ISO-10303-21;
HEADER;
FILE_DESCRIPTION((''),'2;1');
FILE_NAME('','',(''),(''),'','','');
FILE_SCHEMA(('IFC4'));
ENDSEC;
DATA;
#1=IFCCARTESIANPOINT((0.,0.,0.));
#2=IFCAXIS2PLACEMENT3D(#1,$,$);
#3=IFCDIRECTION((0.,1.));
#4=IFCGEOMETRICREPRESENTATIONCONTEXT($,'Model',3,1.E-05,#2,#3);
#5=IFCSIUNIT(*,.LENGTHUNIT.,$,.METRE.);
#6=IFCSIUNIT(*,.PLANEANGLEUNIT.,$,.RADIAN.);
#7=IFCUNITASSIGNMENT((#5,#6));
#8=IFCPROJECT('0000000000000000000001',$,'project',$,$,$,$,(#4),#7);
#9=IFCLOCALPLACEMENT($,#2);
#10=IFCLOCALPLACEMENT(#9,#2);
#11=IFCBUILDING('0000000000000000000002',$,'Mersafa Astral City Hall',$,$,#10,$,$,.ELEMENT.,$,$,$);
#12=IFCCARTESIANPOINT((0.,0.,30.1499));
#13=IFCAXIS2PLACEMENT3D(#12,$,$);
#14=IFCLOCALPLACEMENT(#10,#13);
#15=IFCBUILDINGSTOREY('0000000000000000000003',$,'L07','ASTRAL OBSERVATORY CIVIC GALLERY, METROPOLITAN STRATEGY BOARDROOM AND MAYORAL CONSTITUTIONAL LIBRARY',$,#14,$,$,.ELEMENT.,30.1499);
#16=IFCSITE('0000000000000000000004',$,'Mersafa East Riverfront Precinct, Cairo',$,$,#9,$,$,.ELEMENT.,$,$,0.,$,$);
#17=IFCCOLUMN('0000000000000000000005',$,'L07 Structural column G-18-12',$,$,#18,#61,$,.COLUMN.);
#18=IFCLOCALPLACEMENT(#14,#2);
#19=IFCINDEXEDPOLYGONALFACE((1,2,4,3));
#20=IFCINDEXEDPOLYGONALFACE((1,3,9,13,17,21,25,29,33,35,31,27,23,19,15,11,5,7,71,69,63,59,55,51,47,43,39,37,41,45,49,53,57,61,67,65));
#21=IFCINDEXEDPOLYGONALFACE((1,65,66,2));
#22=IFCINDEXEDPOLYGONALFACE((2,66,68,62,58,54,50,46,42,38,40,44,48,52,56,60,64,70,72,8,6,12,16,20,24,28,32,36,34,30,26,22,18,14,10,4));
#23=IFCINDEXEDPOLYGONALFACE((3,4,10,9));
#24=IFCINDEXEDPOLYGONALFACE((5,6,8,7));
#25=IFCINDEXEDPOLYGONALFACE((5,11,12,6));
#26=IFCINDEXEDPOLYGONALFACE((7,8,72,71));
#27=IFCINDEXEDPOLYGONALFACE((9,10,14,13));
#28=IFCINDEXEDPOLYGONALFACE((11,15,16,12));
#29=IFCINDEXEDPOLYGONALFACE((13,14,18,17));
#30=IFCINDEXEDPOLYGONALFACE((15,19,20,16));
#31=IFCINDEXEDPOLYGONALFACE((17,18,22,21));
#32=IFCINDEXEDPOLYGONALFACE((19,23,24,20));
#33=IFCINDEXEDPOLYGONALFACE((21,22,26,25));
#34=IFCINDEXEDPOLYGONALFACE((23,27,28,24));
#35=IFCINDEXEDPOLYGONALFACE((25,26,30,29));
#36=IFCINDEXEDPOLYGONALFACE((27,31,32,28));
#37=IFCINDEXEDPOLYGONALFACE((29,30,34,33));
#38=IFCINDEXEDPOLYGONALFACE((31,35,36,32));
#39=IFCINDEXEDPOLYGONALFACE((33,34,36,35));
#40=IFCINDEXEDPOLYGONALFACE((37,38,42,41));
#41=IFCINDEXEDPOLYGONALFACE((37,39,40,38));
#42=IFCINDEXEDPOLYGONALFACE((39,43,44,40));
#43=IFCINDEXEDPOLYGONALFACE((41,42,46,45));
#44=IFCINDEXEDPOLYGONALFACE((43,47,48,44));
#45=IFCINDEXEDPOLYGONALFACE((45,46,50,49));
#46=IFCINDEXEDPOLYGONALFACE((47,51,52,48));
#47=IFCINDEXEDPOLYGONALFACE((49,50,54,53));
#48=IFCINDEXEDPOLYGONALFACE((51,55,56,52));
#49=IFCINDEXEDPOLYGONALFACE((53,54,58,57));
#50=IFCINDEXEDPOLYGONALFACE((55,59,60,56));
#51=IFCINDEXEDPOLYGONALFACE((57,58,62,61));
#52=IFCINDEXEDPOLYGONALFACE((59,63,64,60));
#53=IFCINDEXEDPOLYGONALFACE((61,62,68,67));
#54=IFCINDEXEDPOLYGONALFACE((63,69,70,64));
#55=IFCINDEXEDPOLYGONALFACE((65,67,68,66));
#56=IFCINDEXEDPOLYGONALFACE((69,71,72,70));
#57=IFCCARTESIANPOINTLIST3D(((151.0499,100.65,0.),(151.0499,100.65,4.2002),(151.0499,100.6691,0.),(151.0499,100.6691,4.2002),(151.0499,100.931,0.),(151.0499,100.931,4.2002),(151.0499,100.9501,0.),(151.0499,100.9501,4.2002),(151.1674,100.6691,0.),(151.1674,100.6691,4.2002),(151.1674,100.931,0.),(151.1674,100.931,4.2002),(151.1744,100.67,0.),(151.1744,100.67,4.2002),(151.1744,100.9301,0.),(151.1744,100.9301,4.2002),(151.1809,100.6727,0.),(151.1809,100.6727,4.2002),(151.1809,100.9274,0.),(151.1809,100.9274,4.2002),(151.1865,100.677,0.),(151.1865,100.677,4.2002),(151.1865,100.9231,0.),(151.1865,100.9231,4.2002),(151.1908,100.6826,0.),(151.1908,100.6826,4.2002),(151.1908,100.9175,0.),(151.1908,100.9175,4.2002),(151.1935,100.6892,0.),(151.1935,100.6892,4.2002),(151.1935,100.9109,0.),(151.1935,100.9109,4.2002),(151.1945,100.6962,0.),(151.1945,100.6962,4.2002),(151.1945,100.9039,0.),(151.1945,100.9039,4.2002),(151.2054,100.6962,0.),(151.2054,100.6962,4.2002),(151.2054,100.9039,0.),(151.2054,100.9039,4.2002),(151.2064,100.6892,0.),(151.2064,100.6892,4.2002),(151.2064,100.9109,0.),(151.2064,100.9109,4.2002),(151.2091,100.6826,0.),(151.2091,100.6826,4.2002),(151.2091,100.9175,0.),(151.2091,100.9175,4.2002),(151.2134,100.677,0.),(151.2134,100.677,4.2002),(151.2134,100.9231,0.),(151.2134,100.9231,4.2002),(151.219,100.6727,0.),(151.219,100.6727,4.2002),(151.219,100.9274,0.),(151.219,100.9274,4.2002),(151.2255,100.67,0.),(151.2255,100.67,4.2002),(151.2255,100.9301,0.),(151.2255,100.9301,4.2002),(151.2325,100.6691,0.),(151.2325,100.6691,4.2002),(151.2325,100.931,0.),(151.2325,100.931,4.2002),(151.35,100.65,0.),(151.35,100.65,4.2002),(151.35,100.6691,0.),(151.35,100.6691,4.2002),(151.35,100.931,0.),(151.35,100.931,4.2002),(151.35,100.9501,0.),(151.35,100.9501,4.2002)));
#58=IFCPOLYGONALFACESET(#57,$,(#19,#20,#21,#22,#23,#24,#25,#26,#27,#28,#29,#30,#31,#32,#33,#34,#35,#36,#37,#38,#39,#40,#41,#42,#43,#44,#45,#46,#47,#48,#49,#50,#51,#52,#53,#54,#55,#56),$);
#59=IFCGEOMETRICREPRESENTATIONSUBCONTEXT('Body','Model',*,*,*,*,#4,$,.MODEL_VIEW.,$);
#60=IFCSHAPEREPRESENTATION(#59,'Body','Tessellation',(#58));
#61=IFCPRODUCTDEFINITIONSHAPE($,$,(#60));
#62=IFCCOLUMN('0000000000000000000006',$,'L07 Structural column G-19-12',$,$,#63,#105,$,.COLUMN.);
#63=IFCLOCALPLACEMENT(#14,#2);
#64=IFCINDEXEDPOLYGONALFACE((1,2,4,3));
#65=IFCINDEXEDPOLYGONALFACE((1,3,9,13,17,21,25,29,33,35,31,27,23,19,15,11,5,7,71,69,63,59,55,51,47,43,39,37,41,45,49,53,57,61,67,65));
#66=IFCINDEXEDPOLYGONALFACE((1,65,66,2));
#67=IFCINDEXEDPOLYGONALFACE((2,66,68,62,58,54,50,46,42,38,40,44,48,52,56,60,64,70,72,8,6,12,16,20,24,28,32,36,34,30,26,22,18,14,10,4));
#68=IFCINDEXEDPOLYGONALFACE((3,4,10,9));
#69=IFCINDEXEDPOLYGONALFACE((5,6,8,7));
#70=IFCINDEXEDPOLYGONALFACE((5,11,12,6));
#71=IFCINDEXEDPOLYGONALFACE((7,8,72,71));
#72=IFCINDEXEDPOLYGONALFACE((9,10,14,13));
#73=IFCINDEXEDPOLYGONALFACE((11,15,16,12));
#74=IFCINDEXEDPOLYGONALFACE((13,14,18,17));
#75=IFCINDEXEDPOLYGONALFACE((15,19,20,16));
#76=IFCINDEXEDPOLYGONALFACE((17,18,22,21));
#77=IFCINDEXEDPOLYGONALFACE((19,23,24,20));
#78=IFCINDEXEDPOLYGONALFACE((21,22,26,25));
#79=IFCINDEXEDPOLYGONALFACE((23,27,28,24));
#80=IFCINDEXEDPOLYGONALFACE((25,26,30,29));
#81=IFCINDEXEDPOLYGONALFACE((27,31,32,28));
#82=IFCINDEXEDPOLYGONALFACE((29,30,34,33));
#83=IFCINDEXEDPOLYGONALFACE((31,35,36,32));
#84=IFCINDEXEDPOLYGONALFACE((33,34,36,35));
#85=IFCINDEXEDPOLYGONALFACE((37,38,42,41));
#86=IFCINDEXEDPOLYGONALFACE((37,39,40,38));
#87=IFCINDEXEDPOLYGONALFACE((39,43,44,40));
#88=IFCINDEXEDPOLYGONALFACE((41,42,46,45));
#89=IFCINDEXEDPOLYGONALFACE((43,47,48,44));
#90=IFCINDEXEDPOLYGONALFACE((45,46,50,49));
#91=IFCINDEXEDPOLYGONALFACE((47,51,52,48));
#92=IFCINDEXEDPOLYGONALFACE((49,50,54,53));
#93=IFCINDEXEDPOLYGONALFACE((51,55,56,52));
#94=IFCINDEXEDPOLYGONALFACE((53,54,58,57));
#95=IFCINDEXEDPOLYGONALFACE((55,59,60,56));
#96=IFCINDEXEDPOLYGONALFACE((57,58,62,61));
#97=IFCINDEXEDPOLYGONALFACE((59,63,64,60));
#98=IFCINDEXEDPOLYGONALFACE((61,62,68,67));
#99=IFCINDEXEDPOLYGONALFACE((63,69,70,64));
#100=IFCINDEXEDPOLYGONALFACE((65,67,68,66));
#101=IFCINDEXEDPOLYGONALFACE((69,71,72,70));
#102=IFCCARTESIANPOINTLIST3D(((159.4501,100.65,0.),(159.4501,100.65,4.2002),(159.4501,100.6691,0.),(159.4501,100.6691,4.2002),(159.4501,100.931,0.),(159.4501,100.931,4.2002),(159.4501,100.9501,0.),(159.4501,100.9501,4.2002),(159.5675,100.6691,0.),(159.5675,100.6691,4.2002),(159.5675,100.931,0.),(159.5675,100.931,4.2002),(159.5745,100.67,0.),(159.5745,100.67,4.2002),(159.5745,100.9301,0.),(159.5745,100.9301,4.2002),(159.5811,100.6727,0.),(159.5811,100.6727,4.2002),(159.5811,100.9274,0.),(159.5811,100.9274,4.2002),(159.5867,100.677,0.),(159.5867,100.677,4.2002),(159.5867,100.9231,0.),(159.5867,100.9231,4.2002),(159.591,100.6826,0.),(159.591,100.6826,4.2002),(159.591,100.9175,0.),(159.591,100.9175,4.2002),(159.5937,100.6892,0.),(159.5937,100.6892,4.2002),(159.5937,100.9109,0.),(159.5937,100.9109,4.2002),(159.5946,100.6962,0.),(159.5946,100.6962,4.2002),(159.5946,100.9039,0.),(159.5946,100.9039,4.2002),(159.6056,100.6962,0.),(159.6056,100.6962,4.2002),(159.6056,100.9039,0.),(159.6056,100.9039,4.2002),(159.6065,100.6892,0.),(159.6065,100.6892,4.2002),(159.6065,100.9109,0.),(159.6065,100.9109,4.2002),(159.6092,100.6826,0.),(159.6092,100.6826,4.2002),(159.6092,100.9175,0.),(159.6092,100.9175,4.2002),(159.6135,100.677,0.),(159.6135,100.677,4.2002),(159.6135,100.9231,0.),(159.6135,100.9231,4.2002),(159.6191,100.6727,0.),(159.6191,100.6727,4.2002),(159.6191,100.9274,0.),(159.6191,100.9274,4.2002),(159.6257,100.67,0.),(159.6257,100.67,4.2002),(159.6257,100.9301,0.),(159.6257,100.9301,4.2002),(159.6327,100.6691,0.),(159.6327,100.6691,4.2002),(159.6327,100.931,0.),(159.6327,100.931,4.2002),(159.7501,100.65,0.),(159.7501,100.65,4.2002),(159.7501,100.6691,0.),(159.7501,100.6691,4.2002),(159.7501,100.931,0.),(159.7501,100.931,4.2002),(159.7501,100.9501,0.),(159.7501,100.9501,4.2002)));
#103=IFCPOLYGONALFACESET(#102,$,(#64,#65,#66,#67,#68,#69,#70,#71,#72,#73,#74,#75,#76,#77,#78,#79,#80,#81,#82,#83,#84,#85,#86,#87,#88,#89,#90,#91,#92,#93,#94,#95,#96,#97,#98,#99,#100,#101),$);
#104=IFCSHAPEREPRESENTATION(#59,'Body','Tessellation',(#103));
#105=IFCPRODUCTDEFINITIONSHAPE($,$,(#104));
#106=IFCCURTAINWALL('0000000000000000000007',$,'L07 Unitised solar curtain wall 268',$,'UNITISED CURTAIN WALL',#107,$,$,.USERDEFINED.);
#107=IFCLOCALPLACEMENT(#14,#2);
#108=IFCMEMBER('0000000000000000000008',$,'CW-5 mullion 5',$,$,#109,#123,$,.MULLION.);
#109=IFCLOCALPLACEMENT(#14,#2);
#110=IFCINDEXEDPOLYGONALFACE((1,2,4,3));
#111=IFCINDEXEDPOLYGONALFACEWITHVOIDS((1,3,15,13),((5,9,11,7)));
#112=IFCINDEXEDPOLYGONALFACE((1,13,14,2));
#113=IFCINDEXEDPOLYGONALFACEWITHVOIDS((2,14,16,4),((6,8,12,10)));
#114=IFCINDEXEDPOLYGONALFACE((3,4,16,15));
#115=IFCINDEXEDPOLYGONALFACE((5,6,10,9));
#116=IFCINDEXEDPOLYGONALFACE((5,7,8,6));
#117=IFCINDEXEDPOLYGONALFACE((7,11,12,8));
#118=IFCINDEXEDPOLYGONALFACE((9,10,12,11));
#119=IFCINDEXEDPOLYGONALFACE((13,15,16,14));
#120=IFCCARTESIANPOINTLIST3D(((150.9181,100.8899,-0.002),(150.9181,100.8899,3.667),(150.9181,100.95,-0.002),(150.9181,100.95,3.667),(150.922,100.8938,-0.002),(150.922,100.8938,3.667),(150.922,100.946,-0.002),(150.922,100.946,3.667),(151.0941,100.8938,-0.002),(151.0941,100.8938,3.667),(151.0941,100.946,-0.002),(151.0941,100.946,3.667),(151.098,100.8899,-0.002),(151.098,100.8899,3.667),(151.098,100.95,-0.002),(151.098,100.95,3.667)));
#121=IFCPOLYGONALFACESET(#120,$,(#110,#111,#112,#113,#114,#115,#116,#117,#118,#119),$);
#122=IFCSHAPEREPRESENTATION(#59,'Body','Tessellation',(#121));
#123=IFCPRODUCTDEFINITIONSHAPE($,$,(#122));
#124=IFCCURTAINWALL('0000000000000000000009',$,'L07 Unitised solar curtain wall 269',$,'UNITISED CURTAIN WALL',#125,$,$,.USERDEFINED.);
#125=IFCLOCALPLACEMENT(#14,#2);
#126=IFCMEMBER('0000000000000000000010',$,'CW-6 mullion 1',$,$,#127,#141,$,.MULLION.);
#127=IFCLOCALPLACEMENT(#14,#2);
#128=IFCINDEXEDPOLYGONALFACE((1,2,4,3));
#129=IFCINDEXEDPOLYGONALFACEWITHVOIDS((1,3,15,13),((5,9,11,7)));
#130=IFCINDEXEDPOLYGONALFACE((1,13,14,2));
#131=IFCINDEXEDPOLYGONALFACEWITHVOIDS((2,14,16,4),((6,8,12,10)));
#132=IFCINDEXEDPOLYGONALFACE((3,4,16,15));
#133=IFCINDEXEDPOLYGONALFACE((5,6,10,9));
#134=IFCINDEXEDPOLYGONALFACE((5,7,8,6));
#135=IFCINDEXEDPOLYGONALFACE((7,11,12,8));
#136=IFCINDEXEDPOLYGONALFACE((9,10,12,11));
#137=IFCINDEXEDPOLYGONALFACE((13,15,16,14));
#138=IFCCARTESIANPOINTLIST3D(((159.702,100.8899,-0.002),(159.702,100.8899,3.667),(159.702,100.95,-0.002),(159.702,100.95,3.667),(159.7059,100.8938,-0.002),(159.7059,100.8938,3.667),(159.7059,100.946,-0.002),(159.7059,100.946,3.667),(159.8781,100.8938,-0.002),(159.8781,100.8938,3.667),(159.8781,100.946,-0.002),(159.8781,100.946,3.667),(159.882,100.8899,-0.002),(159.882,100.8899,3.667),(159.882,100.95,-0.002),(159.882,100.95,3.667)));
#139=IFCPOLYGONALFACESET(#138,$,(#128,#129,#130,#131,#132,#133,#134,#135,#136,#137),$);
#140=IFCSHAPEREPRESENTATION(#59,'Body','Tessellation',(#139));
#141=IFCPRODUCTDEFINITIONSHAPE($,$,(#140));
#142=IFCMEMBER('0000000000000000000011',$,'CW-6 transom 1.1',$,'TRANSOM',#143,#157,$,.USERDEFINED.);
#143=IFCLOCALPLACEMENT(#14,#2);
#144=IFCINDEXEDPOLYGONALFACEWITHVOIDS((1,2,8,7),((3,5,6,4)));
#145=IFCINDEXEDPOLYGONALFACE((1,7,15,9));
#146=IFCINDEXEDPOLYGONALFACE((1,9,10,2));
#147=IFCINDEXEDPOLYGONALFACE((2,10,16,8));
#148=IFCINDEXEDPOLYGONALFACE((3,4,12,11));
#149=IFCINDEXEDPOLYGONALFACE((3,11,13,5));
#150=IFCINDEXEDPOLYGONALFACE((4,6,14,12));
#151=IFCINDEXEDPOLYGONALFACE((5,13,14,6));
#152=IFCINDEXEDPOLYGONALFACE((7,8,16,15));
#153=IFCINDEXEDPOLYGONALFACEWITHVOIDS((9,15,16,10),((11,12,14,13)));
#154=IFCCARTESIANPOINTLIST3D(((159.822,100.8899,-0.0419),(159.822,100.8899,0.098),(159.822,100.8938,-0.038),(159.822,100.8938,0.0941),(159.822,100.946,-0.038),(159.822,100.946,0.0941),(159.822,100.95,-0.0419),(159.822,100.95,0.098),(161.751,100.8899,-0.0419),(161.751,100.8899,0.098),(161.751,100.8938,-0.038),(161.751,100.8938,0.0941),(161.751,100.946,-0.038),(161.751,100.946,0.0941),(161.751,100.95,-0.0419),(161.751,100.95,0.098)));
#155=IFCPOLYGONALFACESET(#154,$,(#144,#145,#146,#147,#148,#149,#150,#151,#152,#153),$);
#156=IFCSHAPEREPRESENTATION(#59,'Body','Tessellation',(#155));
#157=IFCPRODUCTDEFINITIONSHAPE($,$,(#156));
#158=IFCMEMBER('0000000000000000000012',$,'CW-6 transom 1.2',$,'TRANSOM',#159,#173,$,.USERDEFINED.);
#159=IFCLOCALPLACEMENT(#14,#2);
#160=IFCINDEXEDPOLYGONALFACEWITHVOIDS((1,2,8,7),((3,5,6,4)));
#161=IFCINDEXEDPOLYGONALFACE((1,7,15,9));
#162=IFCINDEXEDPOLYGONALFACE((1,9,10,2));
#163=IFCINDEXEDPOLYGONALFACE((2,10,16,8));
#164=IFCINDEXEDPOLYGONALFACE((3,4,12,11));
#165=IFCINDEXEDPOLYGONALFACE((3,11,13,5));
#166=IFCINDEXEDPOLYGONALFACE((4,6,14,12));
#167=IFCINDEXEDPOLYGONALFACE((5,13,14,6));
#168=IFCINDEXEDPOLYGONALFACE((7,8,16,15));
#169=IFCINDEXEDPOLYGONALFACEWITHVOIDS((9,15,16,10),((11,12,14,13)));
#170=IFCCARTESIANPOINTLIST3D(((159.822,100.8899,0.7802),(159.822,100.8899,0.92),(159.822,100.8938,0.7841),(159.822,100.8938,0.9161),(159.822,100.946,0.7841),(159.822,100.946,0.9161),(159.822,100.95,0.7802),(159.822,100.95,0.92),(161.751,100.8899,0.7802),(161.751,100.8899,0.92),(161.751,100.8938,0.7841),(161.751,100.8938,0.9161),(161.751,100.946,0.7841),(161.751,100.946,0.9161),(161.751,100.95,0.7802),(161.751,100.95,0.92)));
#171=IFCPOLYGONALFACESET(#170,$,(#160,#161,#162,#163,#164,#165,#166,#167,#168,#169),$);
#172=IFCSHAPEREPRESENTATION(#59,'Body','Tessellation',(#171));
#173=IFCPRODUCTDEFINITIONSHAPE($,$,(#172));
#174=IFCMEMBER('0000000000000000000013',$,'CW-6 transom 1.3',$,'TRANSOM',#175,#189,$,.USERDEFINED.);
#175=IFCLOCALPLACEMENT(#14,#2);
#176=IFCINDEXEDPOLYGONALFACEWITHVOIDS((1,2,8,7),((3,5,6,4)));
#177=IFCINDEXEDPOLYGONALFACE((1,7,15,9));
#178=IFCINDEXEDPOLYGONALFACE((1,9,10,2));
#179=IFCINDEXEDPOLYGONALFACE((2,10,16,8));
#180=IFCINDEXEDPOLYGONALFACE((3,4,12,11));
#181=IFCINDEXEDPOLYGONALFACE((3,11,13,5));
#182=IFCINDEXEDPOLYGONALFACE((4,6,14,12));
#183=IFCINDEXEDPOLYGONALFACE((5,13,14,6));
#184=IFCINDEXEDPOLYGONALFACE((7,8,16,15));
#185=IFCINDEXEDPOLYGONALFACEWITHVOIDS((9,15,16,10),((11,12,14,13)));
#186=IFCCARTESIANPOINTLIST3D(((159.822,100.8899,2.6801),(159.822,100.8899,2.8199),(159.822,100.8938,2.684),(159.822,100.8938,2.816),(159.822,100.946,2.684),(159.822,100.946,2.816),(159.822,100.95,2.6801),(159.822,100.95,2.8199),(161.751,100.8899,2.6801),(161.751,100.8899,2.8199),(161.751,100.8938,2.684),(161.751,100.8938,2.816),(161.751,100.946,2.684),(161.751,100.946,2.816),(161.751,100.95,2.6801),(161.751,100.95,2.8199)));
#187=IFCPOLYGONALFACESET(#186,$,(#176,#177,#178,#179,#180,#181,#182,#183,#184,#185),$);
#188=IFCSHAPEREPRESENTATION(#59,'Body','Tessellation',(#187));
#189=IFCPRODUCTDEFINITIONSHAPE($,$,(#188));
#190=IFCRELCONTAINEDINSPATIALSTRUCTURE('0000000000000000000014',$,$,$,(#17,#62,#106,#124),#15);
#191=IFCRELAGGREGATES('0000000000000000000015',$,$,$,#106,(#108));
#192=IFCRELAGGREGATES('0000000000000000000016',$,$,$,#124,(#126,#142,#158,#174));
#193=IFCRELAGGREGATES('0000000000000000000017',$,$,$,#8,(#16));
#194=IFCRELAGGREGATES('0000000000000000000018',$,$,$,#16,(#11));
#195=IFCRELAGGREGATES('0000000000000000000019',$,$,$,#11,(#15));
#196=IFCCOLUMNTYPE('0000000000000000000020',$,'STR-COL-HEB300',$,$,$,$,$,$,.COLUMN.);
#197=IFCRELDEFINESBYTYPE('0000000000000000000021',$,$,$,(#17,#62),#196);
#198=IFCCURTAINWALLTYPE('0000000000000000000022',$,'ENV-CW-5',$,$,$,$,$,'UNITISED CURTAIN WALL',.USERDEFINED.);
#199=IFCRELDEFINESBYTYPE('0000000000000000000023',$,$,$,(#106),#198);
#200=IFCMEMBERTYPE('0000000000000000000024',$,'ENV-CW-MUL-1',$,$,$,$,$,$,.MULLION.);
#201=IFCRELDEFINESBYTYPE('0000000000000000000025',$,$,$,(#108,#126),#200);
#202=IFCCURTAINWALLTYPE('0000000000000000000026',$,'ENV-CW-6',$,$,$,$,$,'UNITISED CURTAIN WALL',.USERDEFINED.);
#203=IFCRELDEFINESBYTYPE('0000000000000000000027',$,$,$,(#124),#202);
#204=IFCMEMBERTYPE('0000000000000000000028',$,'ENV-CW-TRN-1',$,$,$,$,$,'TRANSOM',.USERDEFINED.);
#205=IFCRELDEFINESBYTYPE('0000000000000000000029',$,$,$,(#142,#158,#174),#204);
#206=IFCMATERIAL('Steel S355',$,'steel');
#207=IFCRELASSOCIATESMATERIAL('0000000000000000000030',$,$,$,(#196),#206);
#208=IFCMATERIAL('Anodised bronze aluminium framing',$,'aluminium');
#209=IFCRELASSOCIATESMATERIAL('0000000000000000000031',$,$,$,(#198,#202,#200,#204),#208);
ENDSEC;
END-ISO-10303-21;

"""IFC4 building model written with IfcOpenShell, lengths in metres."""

from ifc_helpers import new_model, si_unit, direction, frame, origin, origin_2d, place, context, subcontext, project, spatial, hollow_rectangle, i_section, extrude, material, material_profile, profile_set, type_object, element, aggregate, save


model = new_model("IFC4")

# Units and contexts
model_context = context("Model", 3, precision=1e-05, world=origin(), true_north=direction((0.0, 1.0)))
body_context = subcontext(model_context, "Body", "Model", "MODEL_VIEW")
ifc_project = project(units=[si_unit("LENGTHUNIT", "METRE"), si_unit("PLANEANGLEUNIT", "RADIAN")], contexts=[model_context])

# Site, building, storey
site_placement = place(None, origin())
site = spatial("IfcSite", under=ifc_project, at=site_placement, Name="Mersafa East Riverfront Precinct, Cairo", CompositionType="ELEMENT", RefElevation=0.0)
building_placement = place(site_placement, origin())
building = spatial("IfcBuilding", under=site, at=building_placement, Name="Mersafa Astral City Hall", CompositionType="ELEMENT")
storey_placement = place(building_placement, frame((0.0, 0.0, 30.1499)))
storey = spatial("IfcBuildingStorey", under=building, at=storey_placement, Name="L07", Description="ASTRAL OBSERVATORY CIVIC GALLERY, METROPOLITAN STRATEGY BOARDROOM AND MAYORAL CONSTITUTIONAL LIBRARY", CompositionType="ELEMENT", Elevation=30.1499)

# Columns
ifc_material_1 = material(Name="Steel S355", Category="steel")
ifc_material_profile_1 = material_profile(ifc_material_1, i_section(OverallWidth=0.3, OverallDepth=0.3, WebThickness=0.011, FlangeThickness=0.019, FilletRadius=0.0271, at=origin_2d()), Name="HEB 300")
ifc_profile_set_1 = profile_set([ifc_material_profile_1], Name="Steel S355")
column_type = type_object("IfcColumnType", Name="STR-COL-HEB300", PredefinedType="COLUMN", material=ifc_profile_set_1)
for number, where, z_axis, x_axis, name in (
    (1, (151.2, 100.8, 0.0), (0.0, 0.0, 1.0), (1.0, 0.0, 0.0), "L07 Structural column G-18-12"),
    (2, (159.6001, 100.8, 0.0), (0.0, 0.0, 1.0), (1.0, 0.0, 0.0), "L07 Structural column G-19-12"),
):
    element("IfcColumn", number, at=place(storey_placement, frame(where, z_axis=z_axis, x_axis=x_axis)), inside=storey, type_object=column_type, Name=name, PredefinedType="COLUMN", context=body_context, shape_type="SweptSolid", body=[
        extrude(i_section(OverallWidth=0.3, OverallDepth=0.3, WebThickness=0.011, FlangeThickness=0.019, FilletRadius=0.0271, at=origin_2d()), origin(), (0.0, 0.0, 1.0), 4.2002),
    ])

# Curtain wall, member
ifc_material_2 = material(Name="Anodised bronze aluminium framing", Category="aluminium")
curtain_wall_type_1 = type_object("IfcCurtainWallType", Name="ENV-CW-5", ElementType="UNITISED CURTAIN WALL", PredefinedType="USERDEFINED", material=ifc_material_2)
curtain_wall_1_placement = place(storey_placement, origin())
curtain_wall_1 = element("IfcCurtainWall", 3, at=curtain_wall_1_placement, inside=storey, type_object=curtain_wall_type_1, Name="L07 Unitised solar curtain wall 268", ObjectType="UNITISED CURTAIN WALL", PredefinedType="USERDEFINED")
ifc_material_profile_2 = material_profile(ifc_material_2, hollow_rectangle(XDim=0.0601, YDim=0.1799, WallThickness=0.0039, at=origin_2d()), Name="RHS 60x180x4")
ifc_profile_set_2 = profile_set([ifc_material_profile_2], Name="Anodised bronze aluminium framing")
member_type_1 = type_object("IfcMemberType", Name="ENV-CW-MUL-1", PredefinedType="MULLION", material=ifc_profile_set_2)
member_1_placement = place(storey_placement, frame((151.0081, 100.9199, -0.002), z_axis=(0.0, 0.0, 1.0), x_axis=(0.0, 1.0, 0.0)))
member_1 = element("IfcMember", 4, at=member_1_placement, type_object=member_type_1, Name="CW-5 mullion 5", PredefinedType="MULLION", context=body_context, shape_type="SweptSolid", body=[
    extrude(hollow_rectangle(XDim=0.0601, YDim=0.1799, WallThickness=0.0039, at=origin_2d()), origin(), (0.0, 0.0, 1.0), 3.6689),
])

# Curtain wall, members
curtain_wall_type_2 = type_object("IfcCurtainWallType", Name="ENV-CW-6", ElementType="UNITISED CURTAIN WALL", PredefinedType="USERDEFINED", material=ifc_material_2)
curtain_wall_2_placement = place(storey_placement, origin())
curtain_wall_2 = element("IfcCurtainWall", 5, at=curtain_wall_2_placement, inside=storey, type_object=curtain_wall_type_2, Name="L07 Unitised solar curtain wall 269", ObjectType="UNITISED CURTAIN WALL", PredefinedType="USERDEFINED")
member_2_placement = place(storey_placement, frame((159.792, 100.9199, -0.002), z_axis=(0.0, 0.0, 1.0), x_axis=(0.0, 1.0, 0.0)))
member_2 = element("IfcMember", 6, at=member_2_placement, type_object=member_type_1, Name="CW-6 mullion 1", PredefinedType="MULLION", context=body_context, shape_type="SweptSolid", body=[
    extrude(hollow_rectangle(XDim=0.0601, YDim=0.1799, WallThickness=0.0039, at=origin_2d()), origin(), (0.0, 0.0, 1.0), 3.6689),
])
ifc_material_profile_3 = material_profile(ifc_material_2, hollow_rectangle(XDim=0.0601, YDim=0.1399, WallThickness=0.0039, at=origin_2d()), Name="RHS 60x140x4")
ifc_profile_set_3 = profile_set([ifc_material_profile_3], Name="Anodised bronze aluminium framing")
member_type_2 = type_object("IfcMemberType", Name="ENV-CW-TRN-1", ElementType="TRANSOM", PredefinedType="USERDEFINED", material=ifc_profile_set_3)
member_3_placement = place(storey_placement, frame((159.822, 100.9199, 0.0281), z_axis=(1.0, 0.0, 0.0), x_axis=(0.0, 1.0, 0.0)))
member_3 = element("IfcMember", 7, at=member_3_placement, type_object=member_type_2, Name="CW-6 transom 1.1", ObjectType="TRANSOM", PredefinedType="USERDEFINED", context=body_context, shape_type="SweptSolid", body=[
    extrude(hollow_rectangle(XDim=0.0601, YDim=0.1399, WallThickness=0.0039, at=origin_2d()), origin(), (0.0, 0.0, 1.0), 1.929),
])
member_4_placement = place(storey_placement, frame((159.822, 100.9199, 0.8501), z_axis=(1.0, 0.0, 0.0), x_axis=(0.0, 1.0, 0.0)))
member_4 = element("IfcMember", 8, at=member_4_placement, type_object=member_type_2, Name="CW-6 transom 1.2", ObjectType="TRANSOM", PredefinedType="USERDEFINED", context=body_context, shape_type="SweptSolid", body=[
    extrude(hollow_rectangle(XDim=0.0601, YDim=0.1399, WallThickness=0.0039, at=origin_2d()), origin(), (0.0, 0.0, 1.0), 1.929),
])
member_5_placement = place(storey_placement, frame((159.822, 100.9199, 2.75), z_axis=(1.0, 0.0, 0.0), x_axis=(0.0, 1.0, 0.0)))
member_5 = element("IfcMember", 9, at=member_5_placement, type_object=member_type_2, Name="CW-6 transom 1.3", ObjectType="TRANSOM", PredefinedType="USERDEFINED", context=body_context, shape_type="SweptSolid", body=[
    extrude(hollow_rectangle(XDim=0.0601, YDim=0.1399, WallThickness=0.0039, at=origin_2d()), origin(), (0.0, 0.0, 1.0), 1.929),
])

aggregate(curtain_wall_1, [member_1])
aggregate(curtain_wall_2, [member_2, member_3, member_4, member_5])

save(model, "model.ifc")
